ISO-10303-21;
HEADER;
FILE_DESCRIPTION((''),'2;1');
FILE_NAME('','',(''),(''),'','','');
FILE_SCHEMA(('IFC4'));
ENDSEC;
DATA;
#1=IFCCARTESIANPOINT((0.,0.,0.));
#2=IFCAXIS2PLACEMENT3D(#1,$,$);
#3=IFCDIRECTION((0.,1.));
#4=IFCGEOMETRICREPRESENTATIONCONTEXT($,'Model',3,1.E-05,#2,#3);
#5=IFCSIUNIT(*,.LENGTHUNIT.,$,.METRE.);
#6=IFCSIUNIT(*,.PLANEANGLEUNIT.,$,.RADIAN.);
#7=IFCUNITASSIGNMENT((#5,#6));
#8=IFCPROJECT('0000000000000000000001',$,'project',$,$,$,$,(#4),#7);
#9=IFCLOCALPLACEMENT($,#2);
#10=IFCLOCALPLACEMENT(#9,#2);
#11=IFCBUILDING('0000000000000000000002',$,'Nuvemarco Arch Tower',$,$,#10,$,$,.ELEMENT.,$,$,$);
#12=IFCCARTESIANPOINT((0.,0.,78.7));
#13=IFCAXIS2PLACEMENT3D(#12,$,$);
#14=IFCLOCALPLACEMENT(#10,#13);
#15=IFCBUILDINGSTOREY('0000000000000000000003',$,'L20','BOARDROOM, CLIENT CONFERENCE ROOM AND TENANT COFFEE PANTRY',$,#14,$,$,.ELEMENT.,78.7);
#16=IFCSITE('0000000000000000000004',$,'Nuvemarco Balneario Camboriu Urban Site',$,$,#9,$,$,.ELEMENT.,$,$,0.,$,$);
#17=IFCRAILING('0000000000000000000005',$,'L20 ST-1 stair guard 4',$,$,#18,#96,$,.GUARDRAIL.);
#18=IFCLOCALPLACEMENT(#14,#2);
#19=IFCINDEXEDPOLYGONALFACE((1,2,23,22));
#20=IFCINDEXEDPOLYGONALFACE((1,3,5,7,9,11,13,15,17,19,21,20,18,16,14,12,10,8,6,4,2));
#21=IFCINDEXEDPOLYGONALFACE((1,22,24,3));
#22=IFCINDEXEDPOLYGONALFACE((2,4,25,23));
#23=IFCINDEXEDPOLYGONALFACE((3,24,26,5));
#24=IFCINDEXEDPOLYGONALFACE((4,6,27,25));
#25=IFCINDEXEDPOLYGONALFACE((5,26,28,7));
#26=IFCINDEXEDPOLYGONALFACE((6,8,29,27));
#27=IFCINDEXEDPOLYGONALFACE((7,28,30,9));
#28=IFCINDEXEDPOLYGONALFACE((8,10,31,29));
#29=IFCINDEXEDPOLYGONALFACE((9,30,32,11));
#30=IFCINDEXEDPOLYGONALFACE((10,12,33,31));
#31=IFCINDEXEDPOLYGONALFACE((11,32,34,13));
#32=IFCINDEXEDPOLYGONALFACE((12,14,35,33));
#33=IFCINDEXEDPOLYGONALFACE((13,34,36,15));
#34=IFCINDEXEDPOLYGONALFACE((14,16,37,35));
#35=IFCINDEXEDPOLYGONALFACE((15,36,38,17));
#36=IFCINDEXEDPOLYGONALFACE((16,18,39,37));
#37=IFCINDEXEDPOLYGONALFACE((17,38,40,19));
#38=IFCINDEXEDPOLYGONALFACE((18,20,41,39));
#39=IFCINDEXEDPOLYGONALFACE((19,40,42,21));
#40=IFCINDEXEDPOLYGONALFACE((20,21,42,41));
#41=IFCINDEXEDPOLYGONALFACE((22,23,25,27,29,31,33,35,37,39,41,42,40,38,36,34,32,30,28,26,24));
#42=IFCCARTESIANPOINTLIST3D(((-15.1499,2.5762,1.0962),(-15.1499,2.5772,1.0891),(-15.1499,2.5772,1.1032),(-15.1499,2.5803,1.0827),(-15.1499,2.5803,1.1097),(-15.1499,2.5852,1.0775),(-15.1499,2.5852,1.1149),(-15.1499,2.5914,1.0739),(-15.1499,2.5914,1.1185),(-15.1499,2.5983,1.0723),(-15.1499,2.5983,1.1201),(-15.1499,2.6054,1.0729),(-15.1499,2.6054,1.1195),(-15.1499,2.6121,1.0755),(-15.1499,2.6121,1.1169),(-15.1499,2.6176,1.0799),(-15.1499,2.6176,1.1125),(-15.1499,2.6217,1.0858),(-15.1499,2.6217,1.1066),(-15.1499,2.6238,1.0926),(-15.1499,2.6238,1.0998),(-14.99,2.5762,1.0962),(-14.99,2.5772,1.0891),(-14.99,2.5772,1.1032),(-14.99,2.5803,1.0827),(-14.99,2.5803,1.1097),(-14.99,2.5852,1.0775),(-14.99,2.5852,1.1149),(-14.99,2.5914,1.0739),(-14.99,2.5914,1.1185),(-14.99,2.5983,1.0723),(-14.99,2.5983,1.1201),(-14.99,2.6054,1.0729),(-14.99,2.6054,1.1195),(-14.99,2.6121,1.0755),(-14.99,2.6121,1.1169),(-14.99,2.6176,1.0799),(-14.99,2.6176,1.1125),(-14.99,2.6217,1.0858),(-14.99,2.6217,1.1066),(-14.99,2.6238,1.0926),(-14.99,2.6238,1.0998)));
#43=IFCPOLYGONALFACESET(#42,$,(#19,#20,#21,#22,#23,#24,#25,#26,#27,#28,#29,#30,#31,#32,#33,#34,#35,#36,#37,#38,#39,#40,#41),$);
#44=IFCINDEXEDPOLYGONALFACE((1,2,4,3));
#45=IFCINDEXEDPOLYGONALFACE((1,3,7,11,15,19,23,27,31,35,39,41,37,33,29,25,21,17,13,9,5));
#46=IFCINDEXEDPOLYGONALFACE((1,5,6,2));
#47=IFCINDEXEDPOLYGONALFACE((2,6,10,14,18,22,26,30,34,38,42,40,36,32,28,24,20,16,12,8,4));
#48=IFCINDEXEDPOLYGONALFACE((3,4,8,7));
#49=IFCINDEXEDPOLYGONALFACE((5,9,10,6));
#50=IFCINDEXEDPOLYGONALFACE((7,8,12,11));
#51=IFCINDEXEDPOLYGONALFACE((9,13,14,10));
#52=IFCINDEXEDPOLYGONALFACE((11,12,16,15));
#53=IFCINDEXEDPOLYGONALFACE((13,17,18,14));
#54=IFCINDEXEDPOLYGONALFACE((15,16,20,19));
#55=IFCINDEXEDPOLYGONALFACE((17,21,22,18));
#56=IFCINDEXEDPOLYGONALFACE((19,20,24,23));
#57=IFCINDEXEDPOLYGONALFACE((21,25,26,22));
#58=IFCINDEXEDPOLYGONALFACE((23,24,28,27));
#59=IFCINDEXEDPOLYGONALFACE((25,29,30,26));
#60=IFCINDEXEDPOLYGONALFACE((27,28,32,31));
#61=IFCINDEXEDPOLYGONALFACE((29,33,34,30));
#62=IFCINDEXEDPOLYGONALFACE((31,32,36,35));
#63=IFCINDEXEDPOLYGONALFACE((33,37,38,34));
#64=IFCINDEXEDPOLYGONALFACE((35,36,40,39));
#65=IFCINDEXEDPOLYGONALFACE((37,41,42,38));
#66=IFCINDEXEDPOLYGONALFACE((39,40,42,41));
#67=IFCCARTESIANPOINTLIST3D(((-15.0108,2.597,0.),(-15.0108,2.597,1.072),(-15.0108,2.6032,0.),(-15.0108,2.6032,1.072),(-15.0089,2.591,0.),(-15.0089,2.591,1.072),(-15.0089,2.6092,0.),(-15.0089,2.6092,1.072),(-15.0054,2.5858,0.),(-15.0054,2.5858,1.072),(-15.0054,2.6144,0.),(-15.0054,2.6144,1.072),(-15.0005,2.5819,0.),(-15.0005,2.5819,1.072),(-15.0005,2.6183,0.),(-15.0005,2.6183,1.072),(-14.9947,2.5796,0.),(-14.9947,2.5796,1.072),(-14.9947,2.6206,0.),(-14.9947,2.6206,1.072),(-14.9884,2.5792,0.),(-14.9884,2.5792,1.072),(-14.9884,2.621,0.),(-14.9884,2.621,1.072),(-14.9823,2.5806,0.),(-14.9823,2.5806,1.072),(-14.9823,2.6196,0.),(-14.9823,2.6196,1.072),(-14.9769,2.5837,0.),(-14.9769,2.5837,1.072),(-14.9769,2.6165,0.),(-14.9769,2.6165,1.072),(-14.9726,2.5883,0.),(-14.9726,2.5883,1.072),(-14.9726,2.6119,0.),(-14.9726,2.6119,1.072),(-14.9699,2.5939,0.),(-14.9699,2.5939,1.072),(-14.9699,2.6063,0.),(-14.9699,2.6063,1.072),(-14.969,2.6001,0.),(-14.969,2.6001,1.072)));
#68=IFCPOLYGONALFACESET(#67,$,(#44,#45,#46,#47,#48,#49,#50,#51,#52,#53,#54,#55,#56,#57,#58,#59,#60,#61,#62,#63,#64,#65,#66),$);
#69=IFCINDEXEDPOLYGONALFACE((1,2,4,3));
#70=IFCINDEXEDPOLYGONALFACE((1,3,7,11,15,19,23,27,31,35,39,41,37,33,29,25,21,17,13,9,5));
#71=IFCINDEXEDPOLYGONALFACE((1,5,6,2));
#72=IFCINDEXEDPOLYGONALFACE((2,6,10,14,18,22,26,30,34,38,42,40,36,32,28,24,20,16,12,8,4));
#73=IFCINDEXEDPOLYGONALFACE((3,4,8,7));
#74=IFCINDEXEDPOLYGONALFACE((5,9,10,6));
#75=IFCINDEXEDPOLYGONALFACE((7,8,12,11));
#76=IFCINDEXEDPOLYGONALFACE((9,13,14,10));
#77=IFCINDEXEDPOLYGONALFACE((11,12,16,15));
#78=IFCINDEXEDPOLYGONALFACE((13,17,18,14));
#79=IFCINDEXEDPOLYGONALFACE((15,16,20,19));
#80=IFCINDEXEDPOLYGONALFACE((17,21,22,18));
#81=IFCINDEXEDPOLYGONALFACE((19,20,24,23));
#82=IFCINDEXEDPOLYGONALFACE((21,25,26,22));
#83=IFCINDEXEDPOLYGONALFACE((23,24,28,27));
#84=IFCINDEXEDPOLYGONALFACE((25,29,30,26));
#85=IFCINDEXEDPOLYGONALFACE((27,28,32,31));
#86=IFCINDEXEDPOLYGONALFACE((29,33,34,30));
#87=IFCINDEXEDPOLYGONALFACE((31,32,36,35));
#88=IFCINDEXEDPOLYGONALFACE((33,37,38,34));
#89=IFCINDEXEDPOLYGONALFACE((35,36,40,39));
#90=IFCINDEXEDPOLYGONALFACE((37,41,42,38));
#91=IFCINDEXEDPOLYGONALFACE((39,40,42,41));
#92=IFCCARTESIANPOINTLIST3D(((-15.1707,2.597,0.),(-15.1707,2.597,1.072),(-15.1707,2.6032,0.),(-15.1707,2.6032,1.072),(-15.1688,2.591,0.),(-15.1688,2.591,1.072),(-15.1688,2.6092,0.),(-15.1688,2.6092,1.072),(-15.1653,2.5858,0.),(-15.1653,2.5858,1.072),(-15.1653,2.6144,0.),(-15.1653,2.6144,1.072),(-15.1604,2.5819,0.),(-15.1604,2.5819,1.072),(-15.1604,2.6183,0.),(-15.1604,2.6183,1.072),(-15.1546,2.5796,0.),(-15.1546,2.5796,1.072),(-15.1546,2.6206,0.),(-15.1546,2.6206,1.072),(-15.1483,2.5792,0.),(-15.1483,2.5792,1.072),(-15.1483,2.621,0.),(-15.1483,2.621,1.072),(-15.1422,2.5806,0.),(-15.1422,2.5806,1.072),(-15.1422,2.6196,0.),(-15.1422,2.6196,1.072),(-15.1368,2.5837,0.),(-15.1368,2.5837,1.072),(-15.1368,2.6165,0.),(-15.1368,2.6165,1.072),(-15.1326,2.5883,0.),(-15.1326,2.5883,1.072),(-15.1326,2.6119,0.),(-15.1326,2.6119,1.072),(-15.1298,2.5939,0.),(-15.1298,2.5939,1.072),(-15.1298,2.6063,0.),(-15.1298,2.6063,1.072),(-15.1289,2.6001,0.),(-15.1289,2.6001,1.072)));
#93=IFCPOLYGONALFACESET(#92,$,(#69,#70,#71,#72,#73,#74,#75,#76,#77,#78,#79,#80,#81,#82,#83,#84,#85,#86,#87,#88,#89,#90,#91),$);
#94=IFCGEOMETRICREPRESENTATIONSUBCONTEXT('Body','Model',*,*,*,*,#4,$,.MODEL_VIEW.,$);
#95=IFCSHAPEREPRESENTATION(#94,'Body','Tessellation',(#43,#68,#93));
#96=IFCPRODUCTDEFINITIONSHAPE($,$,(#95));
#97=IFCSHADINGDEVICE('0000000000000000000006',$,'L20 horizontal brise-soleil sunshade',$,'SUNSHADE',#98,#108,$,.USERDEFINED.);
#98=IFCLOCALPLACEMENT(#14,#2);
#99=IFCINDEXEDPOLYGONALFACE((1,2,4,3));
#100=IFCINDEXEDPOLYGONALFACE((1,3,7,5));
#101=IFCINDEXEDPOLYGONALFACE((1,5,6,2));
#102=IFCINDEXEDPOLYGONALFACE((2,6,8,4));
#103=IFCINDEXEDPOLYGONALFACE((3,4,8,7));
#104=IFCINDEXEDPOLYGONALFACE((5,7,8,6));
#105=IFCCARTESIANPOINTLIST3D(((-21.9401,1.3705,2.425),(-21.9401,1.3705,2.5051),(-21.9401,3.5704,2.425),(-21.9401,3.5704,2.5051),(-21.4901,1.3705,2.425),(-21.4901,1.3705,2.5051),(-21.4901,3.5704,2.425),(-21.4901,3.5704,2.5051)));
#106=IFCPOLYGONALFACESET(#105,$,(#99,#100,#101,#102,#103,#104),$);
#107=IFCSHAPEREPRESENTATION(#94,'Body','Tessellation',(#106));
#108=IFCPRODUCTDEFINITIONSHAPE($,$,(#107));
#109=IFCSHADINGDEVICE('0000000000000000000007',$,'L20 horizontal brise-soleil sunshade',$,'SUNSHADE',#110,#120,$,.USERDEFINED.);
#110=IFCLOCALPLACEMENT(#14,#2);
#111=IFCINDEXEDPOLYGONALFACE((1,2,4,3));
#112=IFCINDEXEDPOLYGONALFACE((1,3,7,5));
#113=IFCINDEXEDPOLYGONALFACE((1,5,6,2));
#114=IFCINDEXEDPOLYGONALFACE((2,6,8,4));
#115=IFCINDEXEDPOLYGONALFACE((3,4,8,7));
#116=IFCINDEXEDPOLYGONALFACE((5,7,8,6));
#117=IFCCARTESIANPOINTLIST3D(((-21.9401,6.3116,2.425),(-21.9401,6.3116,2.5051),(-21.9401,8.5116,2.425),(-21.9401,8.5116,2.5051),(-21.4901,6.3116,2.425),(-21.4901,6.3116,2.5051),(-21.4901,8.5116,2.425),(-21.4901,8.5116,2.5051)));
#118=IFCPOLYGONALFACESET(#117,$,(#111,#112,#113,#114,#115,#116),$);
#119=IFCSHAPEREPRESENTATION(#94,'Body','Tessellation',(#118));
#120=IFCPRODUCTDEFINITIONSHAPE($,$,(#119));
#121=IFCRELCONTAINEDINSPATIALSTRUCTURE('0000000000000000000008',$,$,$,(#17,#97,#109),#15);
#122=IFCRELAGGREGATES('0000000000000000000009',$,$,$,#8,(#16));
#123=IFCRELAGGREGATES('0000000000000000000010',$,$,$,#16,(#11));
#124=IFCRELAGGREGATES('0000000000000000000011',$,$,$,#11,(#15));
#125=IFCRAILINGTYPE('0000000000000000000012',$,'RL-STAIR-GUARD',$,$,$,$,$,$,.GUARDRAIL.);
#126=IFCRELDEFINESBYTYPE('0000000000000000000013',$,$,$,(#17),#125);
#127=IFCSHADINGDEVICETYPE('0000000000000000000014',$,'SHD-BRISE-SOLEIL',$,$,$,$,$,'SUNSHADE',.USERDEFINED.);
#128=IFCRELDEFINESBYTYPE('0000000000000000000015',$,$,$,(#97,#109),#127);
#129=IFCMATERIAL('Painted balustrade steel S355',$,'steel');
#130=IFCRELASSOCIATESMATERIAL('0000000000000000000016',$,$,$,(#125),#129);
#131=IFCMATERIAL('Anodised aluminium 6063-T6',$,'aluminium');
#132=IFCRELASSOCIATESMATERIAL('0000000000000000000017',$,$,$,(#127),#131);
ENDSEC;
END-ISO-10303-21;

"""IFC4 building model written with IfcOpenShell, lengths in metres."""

from ifc_helpers import new_model, si_unit, direction, frame, origin, origin_2d, place, context, subcontext, project, spatial, rectangle, circle, extrude, source, transform, mapped, material, type_object, type_shapes, element, save


model = new_model("IFC4")

# Units and contexts
model_context = context("Model", 3, precision=1e-05, world=origin(), true_north=direction((0.0, 1.0)))
body_context = subcontext(model_context, "Body", "Model", "MODEL_VIEW")
ifc_project = project(units=[si_unit("LENGTHUNIT", "METRE"), si_unit("PLANEANGLEUNIT", "RADIAN")], contexts=[model_context])

# Site, building, storey
site_placement = place(None, origin())
site = spatial("IfcSite", under=ifc_project, at=site_placement, Name="Nuvemarco Balneario Camboriu Urban Site", CompositionType="ELEMENT", RefElevation=0.0)
building_placement = place(site_placement, origin())
building = spatial("IfcBuilding", under=site, at=building_placement, Name="Nuvemarco Arch Tower", CompositionType="ELEMENT")
storey_placement = place(building_placement, frame((0.0, 0.0, 78.7)))
storey = spatial("IfcBuildingStorey", under=building, at=storey_placement, Name="L20", Description="BOARDROOM, CLIENT CONFERENCE ROOM AND TENANT COFFEE PANTRY", CompositionType="ELEMENT", Elevation=78.7)

# Railing
ifc_material_1 = material(Name="Painted balustrade steel S355", Category="steel")
railing_type_1 = type_object("IfcRailingType", Name="RL-STAIR-GUARD", PredefinedType="GUARDRAIL", material=ifc_material_1)
railing_1_placement = place(storey_placement, frame((-14.99, 2.6001, 0.0)))
element("IfcRailing", 1, at=railing_1_placement, inside=storey, type_object=railing_type_1, Name="L20 ST-1 stair guard 4", PredefinedType="GUARDRAIL", context=body_context, shape_type="SweptSolid", body=[
    extrude(circle(Radius=0.0239, at=origin_2d()), frame((0.0, 0.0, 1.0962), z_axis=(-1.0, 0.0, 0.0), x_axis=(0.0, -1.0, 0.0)), (0.0, 0.0, 1.0), 0.1599),
    extrude(circle(Radius=0.021, at=origin_2d()), origin(), (0.0, 0.0, 1.0), 1.072),
    extrude(circle(Radius=0.021, at=origin_2d()), frame((-0.1599, 0.0, 0.0)), (0.0, 0.0, 1.0), 1.072),
])

# Shading devices
ifc_material_2 = material(Name="Anodised aluminium 6063-T6", Category="aluminium")
shading_device_type = type_object("IfcShadingDeviceType", Name="SHD-BRISE-SOLEIL", ElementType="SUNSHADE", PredefinedType="USERDEFINED", material=ifc_material_2)
shared_shape = source(origin(), body_context, "Body", "SweptSolid", [
    extrude(rectangle(XDim=2.2, YDim=0.45, at=origin_2d()), origin(), (0.0, 0.0, 1.0), 0.0801),
])
type_shapes(shading_device_type, [shared_shape])
for number, where, z_axis, x_axis, name in (
    (2, (-21.7151, 2.4705, 2.425), (0.0, 0.0, 1.0), (0.0, 1.0, 0.0), "L20 horizontal brise-soleil sunshade"),
    (3, (-21.7151, 7.4116, 2.425), (0.0, 0.0, 1.0), (0.0, 1.0, 0.0), "L20 horizontal brise-soleil sunshade"),
):
    element("IfcShadingDevice", number, at=place(storey_placement, frame(where, z_axis=z_axis, x_axis=x_axis)), inside=storey, type_object=shading_device_type, Name=name, ObjectType="SUNSHADE", PredefinedType="USERDEFINED", context=body_context, shape_type="MappedRepresentation", body=[
        mapped(shared_shape, transform((0.0, 0.0, 0.0), scale=1.0)),
    ])

save(model, "model.ifc")
